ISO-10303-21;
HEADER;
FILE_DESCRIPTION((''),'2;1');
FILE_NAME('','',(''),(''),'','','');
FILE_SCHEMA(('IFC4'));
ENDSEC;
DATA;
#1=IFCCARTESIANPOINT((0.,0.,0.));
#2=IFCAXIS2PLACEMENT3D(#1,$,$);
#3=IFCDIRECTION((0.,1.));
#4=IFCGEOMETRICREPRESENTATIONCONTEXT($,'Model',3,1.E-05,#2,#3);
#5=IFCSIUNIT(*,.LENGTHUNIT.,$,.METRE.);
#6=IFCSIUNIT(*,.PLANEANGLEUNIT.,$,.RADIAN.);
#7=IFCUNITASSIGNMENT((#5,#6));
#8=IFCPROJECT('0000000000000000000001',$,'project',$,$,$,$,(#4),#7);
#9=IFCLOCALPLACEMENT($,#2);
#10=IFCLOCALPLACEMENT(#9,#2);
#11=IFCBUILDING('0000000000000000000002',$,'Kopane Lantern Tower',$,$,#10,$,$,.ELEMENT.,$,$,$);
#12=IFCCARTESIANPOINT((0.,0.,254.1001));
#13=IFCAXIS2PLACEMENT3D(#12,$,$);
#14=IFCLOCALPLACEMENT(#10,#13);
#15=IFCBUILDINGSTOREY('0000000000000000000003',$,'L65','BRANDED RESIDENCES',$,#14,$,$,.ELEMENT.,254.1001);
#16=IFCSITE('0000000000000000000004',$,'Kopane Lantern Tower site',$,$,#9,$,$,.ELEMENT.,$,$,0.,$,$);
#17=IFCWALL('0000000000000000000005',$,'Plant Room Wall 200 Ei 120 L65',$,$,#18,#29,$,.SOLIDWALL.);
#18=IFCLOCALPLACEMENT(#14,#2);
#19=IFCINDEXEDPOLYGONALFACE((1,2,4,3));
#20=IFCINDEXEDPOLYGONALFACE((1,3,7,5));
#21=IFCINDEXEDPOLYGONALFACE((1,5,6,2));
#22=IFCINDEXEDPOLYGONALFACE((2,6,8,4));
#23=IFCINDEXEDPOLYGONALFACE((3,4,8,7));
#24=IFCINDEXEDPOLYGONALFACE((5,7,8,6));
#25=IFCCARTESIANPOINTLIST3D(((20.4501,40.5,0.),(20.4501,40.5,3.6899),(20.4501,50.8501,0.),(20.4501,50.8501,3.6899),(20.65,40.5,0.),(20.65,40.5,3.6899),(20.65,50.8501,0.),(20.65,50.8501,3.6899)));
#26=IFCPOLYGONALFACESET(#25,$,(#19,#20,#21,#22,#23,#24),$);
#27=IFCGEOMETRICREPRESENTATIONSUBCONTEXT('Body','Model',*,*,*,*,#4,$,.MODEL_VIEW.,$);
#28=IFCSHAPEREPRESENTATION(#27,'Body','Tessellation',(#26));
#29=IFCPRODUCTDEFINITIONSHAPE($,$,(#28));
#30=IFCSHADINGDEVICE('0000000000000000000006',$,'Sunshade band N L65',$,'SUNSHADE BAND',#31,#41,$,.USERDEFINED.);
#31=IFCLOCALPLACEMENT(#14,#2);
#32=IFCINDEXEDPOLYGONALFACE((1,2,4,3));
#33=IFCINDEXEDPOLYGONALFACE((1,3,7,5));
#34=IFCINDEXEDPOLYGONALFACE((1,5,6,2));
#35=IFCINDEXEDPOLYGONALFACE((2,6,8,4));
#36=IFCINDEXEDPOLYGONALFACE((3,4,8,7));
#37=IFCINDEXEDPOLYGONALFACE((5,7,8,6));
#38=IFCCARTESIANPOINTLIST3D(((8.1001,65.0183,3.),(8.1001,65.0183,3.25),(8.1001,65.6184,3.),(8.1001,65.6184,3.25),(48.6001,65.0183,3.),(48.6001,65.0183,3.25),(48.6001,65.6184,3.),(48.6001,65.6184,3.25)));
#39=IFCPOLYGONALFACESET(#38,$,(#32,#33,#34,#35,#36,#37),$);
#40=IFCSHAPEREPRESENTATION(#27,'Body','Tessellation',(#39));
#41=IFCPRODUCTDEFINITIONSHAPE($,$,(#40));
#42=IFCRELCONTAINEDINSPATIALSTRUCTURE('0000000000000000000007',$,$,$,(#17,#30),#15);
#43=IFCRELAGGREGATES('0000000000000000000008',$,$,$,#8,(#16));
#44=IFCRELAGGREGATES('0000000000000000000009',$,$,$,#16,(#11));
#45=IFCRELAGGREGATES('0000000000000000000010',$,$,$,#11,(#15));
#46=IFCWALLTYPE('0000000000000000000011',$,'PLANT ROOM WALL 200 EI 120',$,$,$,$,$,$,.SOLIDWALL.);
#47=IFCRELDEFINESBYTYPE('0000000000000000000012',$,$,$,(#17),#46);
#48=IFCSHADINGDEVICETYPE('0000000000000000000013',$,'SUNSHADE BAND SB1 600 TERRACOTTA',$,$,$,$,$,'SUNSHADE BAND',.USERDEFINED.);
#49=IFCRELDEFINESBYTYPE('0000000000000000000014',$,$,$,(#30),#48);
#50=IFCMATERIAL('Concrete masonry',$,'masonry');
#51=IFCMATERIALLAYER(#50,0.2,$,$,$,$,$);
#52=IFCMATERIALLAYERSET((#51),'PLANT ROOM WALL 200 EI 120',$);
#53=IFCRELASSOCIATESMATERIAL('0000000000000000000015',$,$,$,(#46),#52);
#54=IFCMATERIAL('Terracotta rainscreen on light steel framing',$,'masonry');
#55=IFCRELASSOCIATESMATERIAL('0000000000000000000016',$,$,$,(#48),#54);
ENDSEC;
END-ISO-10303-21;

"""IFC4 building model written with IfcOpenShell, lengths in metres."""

from ifc_helpers import new_model, si_unit, direction, frame, frame_2d, origin, origin_2d, place, context, subcontext, project, spatial, rectangle, extrude, material, layer, layer_set, type_object, element, save


model = new_model("IFC4")

# Units and contexts
model_context = context("Model", 3, precision=1e-05, world=origin(), true_north=direction((0.0, 1.0)))
body_context = subcontext(model_context, "Body", "Model", "MODEL_VIEW")
ifc_project = project(units=[si_unit("LENGTHUNIT", "METRE"), si_unit("PLANEANGLEUNIT", "RADIAN")], contexts=[model_context])

# Site, building, storey
site_placement = place(None, origin())
site = spatial("IfcSite", under=ifc_project, at=site_placement, Name="Kopane Lantern Tower site", CompositionType="ELEMENT", RefElevation=0.0)
building_placement = place(site_placement, origin())
building = spatial("IfcBuilding", under=site, at=building_placement, Name="Kopane Lantern Tower", CompositionType="ELEMENT")
storey_placement = place(building_placement, frame((0.0, 0.0, 254.1001)))
storey = spatial("IfcBuildingStorey", under=building, at=storey_placement, Name="L65", Description="BRANDED RESIDENCES", CompositionType="ELEMENT", Elevation=254.1001)

# Wall
ifc_material_1 = material(Name="Concrete masonry", Category="masonry")
ifc_layer_1 = layer(ifc_material_1, 0.2)
ifc_layer_set_1 = layer_set([ifc_layer_1], Name="PLANT ROOM WALL 200 EI 120")
wall_type_1 = type_object("IfcWallType", Name="PLANT ROOM WALL 200 EI 120", PredefinedType="SOLIDWALL", material=ifc_layer_set_1)
wall_1_placement = place(storey_placement, frame((20.55, 50.8501, 0.0), z_axis=(0.0, 0.0, 1.0), x_axis=(0.0, -1.0, 0.0)))
element("IfcWall", 1, at=wall_1_placement, inside=storey, type_object=wall_type_1, Name="Plant Room Wall 200 Ei 120 L65", PredefinedType="SOLIDWALL", context=body_context, shape_type="SweptSolid", body=[
    extrude(rectangle(XDim=10.3501, YDim=0.2, at=frame_2d((5.175, 0.0))), origin(), (0.0, 0.0, 1.0), 3.6899),
])

# Shading device
ifc_material_2 = material(Name="Terracotta rainscreen on light steel framing", Category="masonry")
shading_device_type = type_object("IfcShadingDeviceType", Name="SUNSHADE BAND SB1 600 TERRACOTTA", ElementType="SUNSHADE BAND", PredefinedType="USERDEFINED", material=ifc_material_2)
shading_device_placement = place(storey_placement, frame((28.3501, 65.3184, 3.0), z_axis=(0.0, 0.0, 1.0), x_axis=(-1.0, 0.0, 0.0)))
element("IfcShadingDevice", 2, at=shading_device_placement, inside=storey, type_object=shading_device_type, Name="Sunshade band N L65", ObjectType="SUNSHADE BAND", PredefinedType="USERDEFINED", context=body_context, shape_type="SweptSolid", body=[
    extrude(rectangle(XDim=40.5, YDim=0.6001, at=origin_2d()), origin(), (0.0, 0.0, 1.0), 0.25),
])

save(model, "model.ifc")
